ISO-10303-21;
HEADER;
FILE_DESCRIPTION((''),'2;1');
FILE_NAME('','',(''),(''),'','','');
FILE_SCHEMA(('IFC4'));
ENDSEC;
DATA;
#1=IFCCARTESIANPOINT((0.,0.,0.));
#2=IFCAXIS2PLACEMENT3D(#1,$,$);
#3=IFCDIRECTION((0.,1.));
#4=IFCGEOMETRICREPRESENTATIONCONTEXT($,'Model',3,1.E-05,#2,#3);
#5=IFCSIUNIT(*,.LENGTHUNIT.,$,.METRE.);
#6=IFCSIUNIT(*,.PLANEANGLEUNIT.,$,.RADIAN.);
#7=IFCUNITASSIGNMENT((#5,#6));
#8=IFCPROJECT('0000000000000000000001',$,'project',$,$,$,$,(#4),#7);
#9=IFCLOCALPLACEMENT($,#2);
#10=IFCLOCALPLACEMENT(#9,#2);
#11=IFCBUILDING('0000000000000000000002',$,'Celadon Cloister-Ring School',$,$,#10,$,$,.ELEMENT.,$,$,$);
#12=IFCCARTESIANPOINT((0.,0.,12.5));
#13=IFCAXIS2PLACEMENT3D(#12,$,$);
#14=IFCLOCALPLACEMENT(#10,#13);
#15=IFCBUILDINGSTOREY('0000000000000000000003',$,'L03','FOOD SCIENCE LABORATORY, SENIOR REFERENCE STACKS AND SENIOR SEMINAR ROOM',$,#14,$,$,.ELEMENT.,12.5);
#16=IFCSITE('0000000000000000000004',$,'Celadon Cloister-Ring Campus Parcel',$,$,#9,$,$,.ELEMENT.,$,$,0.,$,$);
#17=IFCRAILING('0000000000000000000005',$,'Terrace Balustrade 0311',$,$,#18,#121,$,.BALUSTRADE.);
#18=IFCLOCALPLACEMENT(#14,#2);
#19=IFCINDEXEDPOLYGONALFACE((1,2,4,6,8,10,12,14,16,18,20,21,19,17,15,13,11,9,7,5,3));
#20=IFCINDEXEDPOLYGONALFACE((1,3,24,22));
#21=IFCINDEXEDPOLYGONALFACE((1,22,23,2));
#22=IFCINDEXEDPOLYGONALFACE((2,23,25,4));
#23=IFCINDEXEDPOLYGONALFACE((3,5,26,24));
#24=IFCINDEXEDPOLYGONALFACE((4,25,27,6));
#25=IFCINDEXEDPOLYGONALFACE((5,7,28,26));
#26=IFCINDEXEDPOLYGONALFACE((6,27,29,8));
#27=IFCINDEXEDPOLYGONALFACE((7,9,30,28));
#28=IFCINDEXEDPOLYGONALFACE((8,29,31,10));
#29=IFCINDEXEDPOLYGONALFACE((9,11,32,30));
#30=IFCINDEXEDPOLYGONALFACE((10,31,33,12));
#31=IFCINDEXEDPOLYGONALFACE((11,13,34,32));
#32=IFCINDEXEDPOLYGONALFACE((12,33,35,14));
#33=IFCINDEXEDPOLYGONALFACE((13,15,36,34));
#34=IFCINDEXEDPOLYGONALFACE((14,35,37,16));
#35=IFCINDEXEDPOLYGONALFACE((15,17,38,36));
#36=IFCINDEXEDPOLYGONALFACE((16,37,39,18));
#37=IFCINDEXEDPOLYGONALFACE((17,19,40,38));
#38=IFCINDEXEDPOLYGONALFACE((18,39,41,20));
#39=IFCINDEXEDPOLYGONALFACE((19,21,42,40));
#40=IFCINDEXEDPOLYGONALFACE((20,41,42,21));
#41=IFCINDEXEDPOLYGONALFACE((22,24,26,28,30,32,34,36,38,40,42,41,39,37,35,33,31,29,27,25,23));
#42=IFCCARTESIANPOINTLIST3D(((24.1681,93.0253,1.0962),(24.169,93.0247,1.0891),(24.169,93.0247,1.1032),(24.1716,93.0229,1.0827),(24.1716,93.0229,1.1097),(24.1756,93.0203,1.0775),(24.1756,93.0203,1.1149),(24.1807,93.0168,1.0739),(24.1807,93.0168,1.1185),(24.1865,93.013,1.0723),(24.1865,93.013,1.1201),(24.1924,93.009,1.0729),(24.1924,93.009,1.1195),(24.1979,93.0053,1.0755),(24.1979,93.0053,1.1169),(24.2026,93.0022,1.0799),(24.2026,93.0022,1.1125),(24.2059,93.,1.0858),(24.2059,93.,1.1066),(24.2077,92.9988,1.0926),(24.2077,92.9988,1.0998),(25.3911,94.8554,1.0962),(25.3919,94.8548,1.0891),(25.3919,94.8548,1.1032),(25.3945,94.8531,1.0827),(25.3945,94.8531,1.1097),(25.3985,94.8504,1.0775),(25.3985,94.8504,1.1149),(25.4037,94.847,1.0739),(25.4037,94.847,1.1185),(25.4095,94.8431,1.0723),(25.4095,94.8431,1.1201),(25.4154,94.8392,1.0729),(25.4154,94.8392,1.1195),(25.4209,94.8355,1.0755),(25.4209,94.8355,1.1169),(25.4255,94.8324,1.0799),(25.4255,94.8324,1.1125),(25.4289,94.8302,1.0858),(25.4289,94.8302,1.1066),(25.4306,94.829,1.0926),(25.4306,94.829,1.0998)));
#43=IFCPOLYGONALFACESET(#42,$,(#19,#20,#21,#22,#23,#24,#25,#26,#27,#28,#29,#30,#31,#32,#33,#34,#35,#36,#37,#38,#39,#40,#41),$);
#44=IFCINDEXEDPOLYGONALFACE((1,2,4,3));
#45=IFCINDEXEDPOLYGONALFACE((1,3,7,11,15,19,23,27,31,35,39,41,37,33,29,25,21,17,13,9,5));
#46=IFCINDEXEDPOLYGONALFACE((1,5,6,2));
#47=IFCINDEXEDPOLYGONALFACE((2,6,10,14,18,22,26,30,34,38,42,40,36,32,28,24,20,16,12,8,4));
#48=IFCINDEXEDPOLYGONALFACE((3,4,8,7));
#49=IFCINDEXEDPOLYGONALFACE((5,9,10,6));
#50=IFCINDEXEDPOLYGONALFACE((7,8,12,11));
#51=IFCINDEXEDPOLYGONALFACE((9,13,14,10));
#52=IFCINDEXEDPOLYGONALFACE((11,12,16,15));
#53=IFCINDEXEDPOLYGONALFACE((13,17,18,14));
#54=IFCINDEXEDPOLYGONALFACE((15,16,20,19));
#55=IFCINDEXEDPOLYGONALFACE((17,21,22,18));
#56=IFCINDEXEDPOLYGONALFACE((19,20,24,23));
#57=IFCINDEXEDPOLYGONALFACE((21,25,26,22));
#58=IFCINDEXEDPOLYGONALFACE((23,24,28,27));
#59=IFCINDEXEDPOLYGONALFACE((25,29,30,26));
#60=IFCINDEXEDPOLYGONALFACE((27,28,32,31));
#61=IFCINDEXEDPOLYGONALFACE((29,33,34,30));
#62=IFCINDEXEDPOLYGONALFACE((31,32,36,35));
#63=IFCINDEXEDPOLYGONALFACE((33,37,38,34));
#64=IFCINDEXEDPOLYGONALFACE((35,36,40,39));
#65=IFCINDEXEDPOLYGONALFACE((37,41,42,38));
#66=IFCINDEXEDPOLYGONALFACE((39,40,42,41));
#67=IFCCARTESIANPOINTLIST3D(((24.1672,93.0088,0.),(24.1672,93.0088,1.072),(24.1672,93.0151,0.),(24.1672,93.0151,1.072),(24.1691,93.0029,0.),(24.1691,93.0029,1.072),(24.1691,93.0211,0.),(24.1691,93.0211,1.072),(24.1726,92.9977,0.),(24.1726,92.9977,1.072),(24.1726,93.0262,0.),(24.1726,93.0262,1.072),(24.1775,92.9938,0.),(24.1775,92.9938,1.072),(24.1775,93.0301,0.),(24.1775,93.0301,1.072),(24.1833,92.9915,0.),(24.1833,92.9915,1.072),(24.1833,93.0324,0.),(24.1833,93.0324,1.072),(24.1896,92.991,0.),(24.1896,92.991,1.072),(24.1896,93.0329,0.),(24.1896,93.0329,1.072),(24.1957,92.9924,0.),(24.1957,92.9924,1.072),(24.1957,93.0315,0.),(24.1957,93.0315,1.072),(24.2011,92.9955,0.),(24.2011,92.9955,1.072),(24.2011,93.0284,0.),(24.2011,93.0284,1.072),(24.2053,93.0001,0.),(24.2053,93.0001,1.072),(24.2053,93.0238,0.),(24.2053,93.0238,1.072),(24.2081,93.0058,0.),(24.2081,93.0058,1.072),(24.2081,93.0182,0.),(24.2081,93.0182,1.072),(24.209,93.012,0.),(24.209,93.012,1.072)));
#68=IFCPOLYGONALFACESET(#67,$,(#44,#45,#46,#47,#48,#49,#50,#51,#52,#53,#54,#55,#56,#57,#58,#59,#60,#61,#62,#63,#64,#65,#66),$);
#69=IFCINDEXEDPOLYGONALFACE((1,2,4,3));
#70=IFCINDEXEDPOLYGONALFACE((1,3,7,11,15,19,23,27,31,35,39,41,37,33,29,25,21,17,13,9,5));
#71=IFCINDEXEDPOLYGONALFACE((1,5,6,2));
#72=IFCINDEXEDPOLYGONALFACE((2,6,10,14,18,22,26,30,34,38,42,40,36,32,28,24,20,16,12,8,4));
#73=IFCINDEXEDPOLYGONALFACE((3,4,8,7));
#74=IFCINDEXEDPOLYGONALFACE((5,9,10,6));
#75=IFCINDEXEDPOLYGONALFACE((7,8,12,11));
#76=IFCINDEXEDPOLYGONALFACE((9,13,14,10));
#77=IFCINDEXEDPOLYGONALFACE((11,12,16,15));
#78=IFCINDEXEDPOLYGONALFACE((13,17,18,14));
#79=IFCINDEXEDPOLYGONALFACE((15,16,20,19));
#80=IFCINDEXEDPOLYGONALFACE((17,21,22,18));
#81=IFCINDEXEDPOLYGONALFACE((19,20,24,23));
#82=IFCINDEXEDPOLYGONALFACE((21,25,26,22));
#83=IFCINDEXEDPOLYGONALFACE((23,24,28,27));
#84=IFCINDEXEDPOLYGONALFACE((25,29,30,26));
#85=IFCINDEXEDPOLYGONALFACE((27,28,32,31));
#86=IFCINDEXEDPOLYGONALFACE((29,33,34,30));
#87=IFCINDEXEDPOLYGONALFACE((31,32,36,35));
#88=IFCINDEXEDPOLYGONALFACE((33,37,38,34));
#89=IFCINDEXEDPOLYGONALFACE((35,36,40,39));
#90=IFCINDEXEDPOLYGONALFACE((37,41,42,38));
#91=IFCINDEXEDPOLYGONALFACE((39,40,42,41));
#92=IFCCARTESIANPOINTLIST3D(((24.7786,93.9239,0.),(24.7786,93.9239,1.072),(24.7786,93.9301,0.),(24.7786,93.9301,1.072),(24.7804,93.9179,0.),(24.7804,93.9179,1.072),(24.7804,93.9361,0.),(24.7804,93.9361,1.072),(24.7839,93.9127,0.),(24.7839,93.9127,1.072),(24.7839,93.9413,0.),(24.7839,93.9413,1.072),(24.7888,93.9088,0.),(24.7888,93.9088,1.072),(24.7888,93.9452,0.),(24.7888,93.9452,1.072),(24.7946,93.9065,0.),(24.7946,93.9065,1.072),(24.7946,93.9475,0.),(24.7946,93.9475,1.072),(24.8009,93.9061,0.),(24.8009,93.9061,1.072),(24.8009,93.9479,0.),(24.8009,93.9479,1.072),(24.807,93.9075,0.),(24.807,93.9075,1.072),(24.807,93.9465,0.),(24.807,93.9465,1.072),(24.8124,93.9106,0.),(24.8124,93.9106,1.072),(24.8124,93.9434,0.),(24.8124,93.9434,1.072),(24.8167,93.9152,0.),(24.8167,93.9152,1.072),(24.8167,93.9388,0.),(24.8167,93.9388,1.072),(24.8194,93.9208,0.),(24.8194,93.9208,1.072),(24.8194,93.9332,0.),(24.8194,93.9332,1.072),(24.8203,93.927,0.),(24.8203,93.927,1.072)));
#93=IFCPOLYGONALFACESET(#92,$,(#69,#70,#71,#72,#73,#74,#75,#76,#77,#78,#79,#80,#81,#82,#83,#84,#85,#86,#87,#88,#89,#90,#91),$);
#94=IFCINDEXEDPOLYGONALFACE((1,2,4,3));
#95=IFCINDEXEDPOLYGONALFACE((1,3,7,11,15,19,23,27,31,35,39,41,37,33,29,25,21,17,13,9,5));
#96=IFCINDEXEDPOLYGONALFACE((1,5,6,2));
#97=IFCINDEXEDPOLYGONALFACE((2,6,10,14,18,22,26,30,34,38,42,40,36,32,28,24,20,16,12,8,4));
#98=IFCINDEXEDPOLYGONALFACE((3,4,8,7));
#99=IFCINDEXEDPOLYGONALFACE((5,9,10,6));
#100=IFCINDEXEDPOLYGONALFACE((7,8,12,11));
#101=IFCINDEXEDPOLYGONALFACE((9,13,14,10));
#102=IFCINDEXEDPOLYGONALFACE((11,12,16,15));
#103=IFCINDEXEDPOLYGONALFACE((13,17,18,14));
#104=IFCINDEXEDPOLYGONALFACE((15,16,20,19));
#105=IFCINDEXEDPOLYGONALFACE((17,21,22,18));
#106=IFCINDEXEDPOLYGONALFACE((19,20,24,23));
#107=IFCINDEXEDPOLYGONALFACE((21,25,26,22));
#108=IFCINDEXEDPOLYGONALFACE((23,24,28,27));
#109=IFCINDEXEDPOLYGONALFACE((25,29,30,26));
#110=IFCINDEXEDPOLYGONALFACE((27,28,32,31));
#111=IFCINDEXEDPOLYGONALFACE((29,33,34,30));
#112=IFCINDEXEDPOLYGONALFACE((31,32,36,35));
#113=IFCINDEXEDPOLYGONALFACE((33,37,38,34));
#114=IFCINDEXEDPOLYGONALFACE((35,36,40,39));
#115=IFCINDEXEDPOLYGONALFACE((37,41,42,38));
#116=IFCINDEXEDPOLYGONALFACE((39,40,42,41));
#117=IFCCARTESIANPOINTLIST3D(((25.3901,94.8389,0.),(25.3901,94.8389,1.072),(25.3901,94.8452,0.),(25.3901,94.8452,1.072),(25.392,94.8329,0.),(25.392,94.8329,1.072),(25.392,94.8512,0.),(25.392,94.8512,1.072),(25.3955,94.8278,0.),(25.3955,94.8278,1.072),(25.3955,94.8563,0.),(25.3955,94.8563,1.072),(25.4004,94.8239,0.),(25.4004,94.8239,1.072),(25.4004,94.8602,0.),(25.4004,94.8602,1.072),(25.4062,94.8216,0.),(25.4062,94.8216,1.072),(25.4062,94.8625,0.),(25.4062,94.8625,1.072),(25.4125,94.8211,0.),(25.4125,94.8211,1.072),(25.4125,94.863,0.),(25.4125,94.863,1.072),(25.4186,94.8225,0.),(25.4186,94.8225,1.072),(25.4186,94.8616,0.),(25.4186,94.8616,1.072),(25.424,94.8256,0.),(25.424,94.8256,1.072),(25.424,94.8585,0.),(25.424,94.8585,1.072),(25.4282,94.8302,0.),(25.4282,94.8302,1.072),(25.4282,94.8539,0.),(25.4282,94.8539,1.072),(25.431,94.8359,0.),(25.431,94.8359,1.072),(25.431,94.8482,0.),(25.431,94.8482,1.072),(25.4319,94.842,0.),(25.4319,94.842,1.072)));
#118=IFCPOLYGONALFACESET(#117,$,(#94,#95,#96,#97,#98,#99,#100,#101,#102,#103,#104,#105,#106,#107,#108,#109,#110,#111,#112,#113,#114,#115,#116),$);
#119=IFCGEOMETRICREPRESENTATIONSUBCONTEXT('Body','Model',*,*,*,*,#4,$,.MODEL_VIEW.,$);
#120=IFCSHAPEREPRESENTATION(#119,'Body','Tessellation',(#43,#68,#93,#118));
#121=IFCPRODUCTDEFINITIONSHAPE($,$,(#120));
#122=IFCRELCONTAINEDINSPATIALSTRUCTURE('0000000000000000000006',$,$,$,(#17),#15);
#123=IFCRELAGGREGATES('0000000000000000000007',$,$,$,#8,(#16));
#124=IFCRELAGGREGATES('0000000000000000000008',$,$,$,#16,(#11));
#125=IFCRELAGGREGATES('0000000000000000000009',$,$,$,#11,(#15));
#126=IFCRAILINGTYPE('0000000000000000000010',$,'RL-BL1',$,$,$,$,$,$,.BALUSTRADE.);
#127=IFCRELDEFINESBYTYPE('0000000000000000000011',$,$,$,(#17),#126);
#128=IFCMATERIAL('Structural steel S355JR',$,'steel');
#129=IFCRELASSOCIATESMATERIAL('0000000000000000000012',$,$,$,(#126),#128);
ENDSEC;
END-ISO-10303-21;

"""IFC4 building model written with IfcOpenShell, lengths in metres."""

from ifc_helpers import new_model, si_unit, direction, frame, origin, origin_2d, place, context, subcontext, project, spatial, circle, extrude, material, type_object, element, save


model = new_model("IFC4")

# Units and contexts
model_context = context("Model", 3, precision=1e-05, world=origin(), true_north=direction((0.0, 1.0)))
body_context = subcontext(model_context, "Body", "Model", "MODEL_VIEW")
ifc_project = project(units=[si_unit("LENGTHUNIT", "METRE"), si_unit("PLANEANGLEUNIT", "RADIAN")], contexts=[model_context])

# Site, building, storey
site_placement = place(None, origin())
site = spatial("IfcSite", under=ifc_project, at=site_placement, Name="Celadon Cloister-Ring Campus Parcel", CompositionType="ELEMENT", RefElevation=0.0)
building_placement = place(site_placement, origin())
building = spatial("IfcBuilding", under=site, at=building_placement, Name="Celadon Cloister-Ring School", CompositionType="ELEMENT")
storey_placement = place(building_placement, frame((0.0, 0.0, 12.5)))
storey = spatial("IfcBuildingStorey", under=building, at=storey_placement, Name="L03", Description="FOOD SCIENCE LABORATORY, SENIOR REFERENCE STACKS AND SENIOR SEMINAR ROOM", CompositionType="ELEMENT", Elevation=12.5)

# Railing
ifc_material_1 = material(Name="Structural steel S355JR", Category="steel")
railing_type = type_object("IfcRailingType", Name="RL-BL1", PredefinedType="BALUSTRADE", material=ifc_material_1)
railing_1_placement = place(storey_placement, frame((24.188, 93.012, 0.0)))
element("IfcRailing", 1, at=railing_1_placement, inside=storey, type_object=railing_type, Name="Terrace Balustrade 0311", PredefinedType="BALUSTRADE", context=body_context, shape_type="SweptSolid", body=[
    extrude(circle(Radius=0.0239, at=origin_2d()), frame((0.0, 0.0, 1.0962), z_axis=(0.555596, 0.831453, 0.0), x_axis=(-0.831453, 0.555596, 0.0)), (0.0, 0.0, 1.0), 2.2012),
    extrude(circle(Radius=0.021, at=origin_2d()), origin(), (0.0, 0.0, 1.0), 1.072),
    extrude(circle(Radius=0.021, at=origin_2d()), frame((0.6113, 0.915, 0.0)), (0.0, 0.0, 1.0), 1.072),
    extrude(circle(Radius=0.021, at=origin_2d()), frame((1.2229, 1.8301, 0.0)), (0.0, 0.0, 1.0), 1.072),
])

save(model, "model.ifc")
